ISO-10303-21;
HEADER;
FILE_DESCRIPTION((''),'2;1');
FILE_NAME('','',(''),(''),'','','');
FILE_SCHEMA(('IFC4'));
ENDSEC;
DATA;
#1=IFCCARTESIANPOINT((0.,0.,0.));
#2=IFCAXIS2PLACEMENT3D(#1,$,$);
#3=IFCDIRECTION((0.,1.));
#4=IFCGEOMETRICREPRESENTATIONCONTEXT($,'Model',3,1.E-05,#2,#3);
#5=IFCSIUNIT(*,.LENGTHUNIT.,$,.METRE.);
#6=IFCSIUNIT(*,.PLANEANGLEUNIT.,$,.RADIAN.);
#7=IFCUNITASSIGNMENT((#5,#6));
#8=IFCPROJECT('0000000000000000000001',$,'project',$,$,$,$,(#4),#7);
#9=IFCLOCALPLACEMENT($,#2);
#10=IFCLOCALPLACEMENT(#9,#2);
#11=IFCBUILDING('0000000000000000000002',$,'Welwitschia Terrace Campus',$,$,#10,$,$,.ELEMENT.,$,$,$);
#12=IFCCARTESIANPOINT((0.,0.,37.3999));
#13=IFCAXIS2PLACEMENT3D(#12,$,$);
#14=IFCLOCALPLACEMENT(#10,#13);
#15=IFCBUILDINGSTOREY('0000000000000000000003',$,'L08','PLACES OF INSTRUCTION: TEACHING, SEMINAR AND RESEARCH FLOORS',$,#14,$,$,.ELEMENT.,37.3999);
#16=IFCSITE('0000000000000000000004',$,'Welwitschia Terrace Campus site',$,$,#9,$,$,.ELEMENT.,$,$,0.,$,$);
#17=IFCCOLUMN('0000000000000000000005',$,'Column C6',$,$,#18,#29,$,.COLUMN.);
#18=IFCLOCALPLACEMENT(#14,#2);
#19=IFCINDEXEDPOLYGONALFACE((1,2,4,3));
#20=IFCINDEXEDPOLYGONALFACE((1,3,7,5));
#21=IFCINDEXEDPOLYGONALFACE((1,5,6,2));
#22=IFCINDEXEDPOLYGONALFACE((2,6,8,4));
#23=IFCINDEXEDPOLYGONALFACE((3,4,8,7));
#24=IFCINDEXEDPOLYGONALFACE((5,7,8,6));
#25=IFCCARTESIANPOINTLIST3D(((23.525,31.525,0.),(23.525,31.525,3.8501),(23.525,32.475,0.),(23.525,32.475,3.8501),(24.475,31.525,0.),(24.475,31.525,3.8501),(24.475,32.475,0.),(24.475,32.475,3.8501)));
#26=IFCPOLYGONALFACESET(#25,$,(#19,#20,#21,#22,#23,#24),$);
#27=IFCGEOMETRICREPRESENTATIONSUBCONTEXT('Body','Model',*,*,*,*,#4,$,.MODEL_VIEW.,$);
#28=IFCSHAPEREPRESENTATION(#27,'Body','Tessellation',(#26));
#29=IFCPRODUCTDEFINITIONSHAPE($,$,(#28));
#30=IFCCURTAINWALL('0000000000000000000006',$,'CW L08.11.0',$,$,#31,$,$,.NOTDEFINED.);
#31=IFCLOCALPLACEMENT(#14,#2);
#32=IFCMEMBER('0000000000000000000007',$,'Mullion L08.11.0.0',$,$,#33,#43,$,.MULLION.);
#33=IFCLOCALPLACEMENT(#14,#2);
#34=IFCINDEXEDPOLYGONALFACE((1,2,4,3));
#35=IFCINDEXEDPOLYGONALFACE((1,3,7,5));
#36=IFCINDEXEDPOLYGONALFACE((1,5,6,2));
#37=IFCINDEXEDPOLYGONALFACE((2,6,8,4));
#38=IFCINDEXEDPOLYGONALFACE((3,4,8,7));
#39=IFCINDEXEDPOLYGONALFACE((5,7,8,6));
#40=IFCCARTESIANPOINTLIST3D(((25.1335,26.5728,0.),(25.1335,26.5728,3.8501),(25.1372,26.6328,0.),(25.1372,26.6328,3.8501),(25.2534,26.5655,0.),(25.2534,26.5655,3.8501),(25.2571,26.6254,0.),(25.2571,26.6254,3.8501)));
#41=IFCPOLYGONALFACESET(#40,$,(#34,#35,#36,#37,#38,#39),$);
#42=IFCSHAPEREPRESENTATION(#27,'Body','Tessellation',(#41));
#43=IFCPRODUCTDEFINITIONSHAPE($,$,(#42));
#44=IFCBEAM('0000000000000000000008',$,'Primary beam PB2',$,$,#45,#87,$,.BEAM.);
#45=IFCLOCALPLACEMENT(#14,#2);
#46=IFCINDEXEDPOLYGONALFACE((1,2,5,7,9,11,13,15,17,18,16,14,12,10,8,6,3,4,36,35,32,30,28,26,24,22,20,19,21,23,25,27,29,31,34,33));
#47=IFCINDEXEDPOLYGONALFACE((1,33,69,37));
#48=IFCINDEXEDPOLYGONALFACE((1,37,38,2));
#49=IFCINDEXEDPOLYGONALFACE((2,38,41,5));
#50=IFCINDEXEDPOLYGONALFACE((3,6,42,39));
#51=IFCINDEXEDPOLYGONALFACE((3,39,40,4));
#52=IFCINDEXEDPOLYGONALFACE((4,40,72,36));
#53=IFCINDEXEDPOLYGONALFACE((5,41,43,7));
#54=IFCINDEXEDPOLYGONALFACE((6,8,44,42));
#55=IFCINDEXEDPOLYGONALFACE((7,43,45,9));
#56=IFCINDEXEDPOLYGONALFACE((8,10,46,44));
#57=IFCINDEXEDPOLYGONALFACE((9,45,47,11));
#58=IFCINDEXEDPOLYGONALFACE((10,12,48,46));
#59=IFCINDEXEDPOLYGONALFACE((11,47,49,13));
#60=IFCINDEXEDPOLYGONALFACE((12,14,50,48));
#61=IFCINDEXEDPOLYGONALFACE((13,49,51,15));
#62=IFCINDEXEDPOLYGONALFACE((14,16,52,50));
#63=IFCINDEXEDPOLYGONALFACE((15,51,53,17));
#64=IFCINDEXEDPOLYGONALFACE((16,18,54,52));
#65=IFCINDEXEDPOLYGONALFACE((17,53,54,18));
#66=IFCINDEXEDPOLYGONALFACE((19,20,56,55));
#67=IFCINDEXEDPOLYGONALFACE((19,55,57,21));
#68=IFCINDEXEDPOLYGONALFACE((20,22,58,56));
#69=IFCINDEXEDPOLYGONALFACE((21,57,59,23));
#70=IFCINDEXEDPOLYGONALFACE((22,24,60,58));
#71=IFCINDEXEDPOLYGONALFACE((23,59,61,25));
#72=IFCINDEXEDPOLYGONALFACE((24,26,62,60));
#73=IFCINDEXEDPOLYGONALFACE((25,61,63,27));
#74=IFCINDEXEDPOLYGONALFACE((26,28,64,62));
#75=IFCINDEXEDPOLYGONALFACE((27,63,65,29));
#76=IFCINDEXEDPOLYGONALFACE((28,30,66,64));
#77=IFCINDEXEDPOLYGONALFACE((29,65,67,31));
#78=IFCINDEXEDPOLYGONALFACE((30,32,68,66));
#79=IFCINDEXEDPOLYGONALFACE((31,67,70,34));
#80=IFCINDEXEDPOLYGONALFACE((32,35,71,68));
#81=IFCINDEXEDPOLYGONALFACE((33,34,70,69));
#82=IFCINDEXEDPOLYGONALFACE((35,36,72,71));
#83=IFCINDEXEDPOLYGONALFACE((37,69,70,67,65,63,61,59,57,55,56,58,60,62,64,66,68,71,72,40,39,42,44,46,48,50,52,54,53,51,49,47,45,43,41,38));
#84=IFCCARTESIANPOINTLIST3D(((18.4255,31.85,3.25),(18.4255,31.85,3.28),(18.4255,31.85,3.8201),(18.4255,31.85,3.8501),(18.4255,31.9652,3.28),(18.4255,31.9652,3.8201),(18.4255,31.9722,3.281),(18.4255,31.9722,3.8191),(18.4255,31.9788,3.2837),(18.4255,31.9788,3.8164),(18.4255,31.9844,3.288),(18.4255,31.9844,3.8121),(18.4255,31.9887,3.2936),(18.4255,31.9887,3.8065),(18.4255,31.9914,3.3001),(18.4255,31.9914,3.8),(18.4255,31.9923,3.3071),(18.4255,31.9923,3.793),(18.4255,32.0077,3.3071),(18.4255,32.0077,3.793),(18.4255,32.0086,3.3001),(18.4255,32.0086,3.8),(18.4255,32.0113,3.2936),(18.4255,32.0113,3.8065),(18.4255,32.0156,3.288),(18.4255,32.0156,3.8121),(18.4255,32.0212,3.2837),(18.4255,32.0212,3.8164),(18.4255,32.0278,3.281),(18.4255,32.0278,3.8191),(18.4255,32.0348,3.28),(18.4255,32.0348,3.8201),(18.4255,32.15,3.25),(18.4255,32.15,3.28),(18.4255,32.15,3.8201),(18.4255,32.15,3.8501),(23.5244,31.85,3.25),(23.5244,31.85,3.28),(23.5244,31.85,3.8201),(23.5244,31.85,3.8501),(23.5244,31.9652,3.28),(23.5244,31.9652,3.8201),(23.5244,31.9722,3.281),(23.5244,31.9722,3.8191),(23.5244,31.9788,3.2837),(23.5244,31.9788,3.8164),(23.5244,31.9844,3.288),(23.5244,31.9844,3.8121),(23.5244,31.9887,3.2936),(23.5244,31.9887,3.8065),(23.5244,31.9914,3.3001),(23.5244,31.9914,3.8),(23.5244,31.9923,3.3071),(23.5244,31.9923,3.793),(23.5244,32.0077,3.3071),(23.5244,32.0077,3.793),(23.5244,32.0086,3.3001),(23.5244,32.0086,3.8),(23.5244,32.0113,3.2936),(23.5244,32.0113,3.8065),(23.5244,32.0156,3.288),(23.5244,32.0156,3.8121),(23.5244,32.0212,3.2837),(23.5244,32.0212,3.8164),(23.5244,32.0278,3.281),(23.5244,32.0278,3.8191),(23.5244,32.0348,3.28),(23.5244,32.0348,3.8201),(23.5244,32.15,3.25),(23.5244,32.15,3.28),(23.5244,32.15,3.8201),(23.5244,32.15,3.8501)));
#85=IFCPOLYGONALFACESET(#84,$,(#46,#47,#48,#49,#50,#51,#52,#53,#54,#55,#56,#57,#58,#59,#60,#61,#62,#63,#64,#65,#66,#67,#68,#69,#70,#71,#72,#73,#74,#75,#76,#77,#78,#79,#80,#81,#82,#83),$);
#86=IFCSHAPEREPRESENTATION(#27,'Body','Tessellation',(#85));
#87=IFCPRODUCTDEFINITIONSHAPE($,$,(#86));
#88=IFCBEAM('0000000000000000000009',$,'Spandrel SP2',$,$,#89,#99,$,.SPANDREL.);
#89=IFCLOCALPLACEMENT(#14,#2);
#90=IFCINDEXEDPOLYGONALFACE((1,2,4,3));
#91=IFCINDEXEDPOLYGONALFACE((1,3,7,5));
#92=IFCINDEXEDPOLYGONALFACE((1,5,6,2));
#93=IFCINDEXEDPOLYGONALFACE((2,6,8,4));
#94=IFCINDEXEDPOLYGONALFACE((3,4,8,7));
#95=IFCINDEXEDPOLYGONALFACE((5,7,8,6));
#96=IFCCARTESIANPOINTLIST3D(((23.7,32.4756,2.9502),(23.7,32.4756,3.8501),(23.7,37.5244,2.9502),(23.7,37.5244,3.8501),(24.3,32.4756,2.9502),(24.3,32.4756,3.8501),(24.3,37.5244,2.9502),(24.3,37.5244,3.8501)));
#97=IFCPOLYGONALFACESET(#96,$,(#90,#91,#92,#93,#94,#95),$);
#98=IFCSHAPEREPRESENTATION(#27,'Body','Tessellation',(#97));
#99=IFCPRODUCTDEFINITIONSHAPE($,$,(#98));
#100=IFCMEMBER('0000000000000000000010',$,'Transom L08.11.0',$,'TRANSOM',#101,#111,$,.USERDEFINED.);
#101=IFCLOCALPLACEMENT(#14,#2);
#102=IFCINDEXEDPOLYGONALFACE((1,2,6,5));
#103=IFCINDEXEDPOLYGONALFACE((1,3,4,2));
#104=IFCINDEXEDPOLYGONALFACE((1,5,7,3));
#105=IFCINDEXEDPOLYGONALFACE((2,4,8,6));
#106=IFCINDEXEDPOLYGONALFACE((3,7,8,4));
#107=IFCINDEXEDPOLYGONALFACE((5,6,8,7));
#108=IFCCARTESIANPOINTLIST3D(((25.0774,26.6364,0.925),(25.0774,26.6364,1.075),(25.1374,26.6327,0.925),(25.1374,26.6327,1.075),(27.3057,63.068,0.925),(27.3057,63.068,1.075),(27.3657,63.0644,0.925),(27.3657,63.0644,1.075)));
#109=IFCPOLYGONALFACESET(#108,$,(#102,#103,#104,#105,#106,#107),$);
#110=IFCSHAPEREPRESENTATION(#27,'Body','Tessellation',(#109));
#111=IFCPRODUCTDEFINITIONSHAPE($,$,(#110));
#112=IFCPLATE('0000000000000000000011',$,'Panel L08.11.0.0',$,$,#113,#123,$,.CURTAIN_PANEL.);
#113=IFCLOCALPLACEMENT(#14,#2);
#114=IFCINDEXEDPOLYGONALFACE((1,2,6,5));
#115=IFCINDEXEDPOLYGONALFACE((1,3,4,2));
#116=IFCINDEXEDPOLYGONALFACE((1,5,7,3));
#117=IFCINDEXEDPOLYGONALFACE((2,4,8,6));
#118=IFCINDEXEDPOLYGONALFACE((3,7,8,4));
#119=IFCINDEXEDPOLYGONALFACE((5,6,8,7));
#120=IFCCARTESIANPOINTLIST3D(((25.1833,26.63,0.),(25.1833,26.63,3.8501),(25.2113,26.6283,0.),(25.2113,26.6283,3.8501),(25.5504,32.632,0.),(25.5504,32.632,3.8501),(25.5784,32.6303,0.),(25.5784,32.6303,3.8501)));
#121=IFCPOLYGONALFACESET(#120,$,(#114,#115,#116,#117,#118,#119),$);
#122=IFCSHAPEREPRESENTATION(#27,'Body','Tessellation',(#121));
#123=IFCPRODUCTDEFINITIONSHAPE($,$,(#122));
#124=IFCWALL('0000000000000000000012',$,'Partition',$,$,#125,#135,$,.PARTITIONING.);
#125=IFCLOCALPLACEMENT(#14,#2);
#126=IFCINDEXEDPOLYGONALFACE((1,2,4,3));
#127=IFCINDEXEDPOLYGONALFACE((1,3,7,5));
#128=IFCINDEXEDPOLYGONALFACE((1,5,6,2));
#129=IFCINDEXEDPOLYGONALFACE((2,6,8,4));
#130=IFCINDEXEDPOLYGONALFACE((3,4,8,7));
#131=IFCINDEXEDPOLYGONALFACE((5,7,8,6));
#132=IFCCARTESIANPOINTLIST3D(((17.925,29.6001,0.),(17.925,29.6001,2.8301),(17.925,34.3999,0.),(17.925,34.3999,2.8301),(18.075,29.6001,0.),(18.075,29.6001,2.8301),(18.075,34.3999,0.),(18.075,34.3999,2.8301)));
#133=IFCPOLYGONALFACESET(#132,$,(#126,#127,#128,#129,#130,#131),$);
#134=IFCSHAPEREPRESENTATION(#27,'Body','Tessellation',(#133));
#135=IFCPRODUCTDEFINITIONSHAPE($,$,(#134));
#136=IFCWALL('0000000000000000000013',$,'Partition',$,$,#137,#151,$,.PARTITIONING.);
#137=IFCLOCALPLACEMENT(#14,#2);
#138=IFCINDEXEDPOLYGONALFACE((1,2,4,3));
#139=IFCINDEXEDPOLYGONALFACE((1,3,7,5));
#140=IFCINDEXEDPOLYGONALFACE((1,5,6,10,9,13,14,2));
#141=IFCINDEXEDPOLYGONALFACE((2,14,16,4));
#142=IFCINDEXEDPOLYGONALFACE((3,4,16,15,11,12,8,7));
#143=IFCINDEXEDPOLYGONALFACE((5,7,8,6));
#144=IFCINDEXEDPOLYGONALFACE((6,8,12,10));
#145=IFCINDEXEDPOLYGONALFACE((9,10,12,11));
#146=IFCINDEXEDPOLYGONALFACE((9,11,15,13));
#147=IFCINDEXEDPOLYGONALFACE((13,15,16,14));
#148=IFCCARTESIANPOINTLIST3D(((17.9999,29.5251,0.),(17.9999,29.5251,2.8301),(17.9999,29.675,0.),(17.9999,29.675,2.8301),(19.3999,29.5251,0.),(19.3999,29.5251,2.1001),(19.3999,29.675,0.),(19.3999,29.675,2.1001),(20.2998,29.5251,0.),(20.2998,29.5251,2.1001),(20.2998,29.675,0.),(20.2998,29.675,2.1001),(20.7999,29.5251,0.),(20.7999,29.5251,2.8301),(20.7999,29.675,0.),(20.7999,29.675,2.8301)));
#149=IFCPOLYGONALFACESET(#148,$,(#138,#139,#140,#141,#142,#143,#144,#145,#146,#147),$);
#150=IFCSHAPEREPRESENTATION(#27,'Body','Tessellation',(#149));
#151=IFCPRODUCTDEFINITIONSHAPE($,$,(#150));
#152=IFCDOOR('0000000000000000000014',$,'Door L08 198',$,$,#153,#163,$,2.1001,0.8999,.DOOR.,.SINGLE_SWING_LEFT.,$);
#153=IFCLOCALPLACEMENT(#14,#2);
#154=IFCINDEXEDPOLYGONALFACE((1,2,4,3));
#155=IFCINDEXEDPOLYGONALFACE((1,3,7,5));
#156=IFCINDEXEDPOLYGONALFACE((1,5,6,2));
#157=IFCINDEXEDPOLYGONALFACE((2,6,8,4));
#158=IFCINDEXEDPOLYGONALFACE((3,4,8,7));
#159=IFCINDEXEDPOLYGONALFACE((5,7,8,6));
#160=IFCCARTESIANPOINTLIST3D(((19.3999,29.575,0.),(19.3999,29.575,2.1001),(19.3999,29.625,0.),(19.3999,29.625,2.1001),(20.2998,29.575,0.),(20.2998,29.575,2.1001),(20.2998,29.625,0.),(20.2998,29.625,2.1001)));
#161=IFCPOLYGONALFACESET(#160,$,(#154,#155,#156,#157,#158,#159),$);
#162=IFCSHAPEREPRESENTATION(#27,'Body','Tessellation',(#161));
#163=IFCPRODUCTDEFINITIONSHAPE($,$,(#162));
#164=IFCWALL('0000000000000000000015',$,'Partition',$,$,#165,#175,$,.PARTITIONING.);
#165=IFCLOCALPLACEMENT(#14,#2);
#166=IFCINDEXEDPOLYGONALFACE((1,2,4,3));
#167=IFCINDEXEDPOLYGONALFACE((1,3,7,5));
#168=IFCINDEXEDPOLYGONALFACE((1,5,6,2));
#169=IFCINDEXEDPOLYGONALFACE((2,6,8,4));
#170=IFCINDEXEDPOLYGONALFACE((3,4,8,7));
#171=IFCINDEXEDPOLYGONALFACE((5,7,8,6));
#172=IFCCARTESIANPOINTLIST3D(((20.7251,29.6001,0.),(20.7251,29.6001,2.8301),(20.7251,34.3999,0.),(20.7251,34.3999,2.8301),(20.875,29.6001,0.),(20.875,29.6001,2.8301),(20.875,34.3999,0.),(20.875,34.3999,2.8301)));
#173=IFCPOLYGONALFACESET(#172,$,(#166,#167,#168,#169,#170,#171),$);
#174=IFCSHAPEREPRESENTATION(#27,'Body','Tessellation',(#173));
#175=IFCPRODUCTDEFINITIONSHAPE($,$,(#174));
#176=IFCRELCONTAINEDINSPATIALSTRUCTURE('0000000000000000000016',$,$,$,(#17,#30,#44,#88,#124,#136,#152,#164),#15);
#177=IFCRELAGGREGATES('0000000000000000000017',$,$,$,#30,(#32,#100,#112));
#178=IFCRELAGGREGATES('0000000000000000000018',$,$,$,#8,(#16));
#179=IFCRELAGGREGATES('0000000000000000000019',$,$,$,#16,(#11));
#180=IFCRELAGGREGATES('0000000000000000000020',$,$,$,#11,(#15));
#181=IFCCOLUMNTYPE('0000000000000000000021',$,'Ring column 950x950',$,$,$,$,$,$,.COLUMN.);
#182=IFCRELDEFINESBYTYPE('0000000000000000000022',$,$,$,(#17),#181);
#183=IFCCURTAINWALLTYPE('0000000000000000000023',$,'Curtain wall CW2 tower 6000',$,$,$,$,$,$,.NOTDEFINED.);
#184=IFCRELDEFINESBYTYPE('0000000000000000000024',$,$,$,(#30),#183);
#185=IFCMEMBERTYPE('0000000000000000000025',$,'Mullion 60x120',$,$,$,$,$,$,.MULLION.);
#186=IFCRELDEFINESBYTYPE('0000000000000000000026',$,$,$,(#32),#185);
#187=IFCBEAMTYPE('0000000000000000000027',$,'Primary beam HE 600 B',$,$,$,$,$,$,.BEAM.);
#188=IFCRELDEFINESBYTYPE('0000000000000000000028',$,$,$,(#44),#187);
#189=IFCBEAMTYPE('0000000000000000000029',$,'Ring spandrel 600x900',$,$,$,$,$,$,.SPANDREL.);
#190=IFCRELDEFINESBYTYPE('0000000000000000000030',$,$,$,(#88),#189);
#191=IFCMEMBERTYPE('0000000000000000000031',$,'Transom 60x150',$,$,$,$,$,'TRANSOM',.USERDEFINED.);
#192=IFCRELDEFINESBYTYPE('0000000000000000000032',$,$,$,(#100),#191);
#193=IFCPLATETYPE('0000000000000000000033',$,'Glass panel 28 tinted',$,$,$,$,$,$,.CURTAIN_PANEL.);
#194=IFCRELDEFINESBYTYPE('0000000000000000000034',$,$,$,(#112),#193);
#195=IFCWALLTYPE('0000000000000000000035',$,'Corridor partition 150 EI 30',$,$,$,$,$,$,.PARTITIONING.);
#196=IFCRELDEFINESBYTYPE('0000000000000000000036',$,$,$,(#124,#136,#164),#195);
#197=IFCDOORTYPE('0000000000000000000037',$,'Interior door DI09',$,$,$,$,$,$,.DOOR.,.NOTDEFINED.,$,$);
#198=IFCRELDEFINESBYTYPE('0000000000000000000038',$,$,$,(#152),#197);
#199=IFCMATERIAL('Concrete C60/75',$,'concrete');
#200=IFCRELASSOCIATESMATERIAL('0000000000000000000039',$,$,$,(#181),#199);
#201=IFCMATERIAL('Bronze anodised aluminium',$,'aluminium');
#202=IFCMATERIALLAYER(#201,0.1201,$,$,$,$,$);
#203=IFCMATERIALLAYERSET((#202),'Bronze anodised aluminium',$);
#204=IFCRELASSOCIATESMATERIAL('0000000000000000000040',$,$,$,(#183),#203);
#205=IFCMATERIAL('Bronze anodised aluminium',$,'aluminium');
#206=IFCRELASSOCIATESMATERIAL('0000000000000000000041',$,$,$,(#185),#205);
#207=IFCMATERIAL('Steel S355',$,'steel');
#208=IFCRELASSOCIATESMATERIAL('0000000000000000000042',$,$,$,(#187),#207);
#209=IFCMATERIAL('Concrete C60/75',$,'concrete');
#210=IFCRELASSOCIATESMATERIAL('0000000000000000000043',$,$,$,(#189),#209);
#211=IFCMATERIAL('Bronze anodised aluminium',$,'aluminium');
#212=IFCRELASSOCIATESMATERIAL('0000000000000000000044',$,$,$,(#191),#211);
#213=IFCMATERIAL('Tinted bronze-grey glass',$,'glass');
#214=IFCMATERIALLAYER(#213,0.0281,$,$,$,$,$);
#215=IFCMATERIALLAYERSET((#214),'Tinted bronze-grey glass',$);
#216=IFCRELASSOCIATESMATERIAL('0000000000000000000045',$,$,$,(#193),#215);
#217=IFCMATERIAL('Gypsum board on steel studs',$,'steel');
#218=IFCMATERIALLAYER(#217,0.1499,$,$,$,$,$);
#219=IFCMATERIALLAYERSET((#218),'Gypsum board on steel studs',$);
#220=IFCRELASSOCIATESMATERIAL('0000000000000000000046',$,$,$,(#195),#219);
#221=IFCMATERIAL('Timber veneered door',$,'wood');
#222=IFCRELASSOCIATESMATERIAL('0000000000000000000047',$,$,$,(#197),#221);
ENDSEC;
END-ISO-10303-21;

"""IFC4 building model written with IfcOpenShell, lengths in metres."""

from ifc_helpers import new_model, si_unit, direction, frame, frame_2d, origin, origin_2d, place, context, subcontext, project, spatial, rectangle, i_section, extrude, material, layer, layer_set, material_profile, profile_set, type_object, element, fill, aggregate, save


model = new_model("IFC4")

# Units and contexts
model_context = context("Model", 3, precision=1e-05, world=origin(), true_north=direction((0.0, 1.0)))
body_context = subcontext(model_context, "Body", "Model", "MODEL_VIEW")
ifc_project = project(units=[si_unit("LENGTHUNIT", "METRE"), si_unit("PLANEANGLEUNIT", "RADIAN")], contexts=[model_context])

# Site, building, storey
site_placement = place(None, origin())
site = spatial("IfcSite", under=ifc_project, at=site_placement, Name="Welwitschia Terrace Campus site", CompositionType="ELEMENT", RefElevation=0.0)
building_placement = place(site_placement, origin())
building = spatial("IfcBuilding", under=site, at=building_placement, Name="Welwitschia Terrace Campus", CompositionType="ELEMENT")
storey_placement = place(building_placement, frame((0.0, 0.0, 37.3999)))
storey = spatial("IfcBuildingStorey", under=building, at=storey_placement, Name="L08", Description="PLACES OF INSTRUCTION: TEACHING, SEMINAR AND RESEARCH FLOORS", CompositionType="ELEMENT", Elevation=37.3999)

# Column
ifc_material_1 = material(Name="Concrete C60/75", Category="concrete")
ifc_material_profile_1 = material_profile(ifc_material_1, rectangle(XDim=0.95, YDim=0.95, at=origin_2d()))
ifc_profile_set_1 = profile_set([ifc_material_profile_1], Name="Concrete C60/75")
column_type = type_object("IfcColumnType", Name="Ring column 950x950", PredefinedType="COLUMN", material=ifc_profile_set_1)
column_placement = place(storey_placement, frame((24.0, 32.0, 0.0), z_axis=(0.0, 0.0, 1.0), x_axis=(1.0, 0.0, 0.0)))
element("IfcColumn", 1, at=column_placement, inside=storey, type_object=column_type, Name="Column C6", PredefinedType="COLUMN", context=body_context, shape_type="SweptSolid", body=[
    extrude(rectangle(XDim=0.95, YDim=0.95, at=origin_2d()), origin(), (0.0, 0.0, 1.0), 3.8501),
])

# Curtain wall, member
ifc_material_2 = material(Name="Bronze anodised aluminium", Category="aluminium")
ifc_layer_1 = layer(ifc_material_2, 0.1201)
ifc_layer_set_1 = layer_set([ifc_layer_1], Name="Bronze anodised aluminium")
curtain_wall_type = type_object("IfcCurtainWallType", Name="Curtain wall CW2 tower 6000", PredefinedType="NOTDEFINED", material=ifc_layer_set_1)
curtain_wall_placement = place(storey_placement, origin())
curtain_wall = element("IfcCurtainWall", 2, at=curtain_wall_placement, inside=storey, type_object=curtain_wall_type, Name="CW L08.11.0", PredefinedType="NOTDEFINED")
ifc_material_3 = material(Name="Bronze anodised aluminium", Category="aluminium")
ifc_material_profile_2 = material_profile(ifc_material_3, rectangle(XDim=0.1201, YDim=0.0601, at=origin_2d()))
ifc_profile_set_2 = profile_set([ifc_material_profile_2], Name="Bronze anodised aluminium")
member_type_1 = type_object("IfcMemberType", Name="Mullion 60x120", PredefinedType="MULLION", material=ifc_profile_set_2)
member_1_placement = place(storey_placement, frame((25.1953, 26.5991, 0.0), z_axis=(0.0, 0.0, 1.0), x_axis=(-0.998135, 0.061049, 0.0)))
member_1 = element("IfcMember", 3, at=member_1_placement, type_object=member_type_1, Name="Mullion L08.11.0.0", PredefinedType="MULLION", context=body_context, shape_type="SweptSolid", body=[
    extrude(rectangle(XDim=0.1201, YDim=0.0601, at=origin_2d()), origin(), (0.0, 0.0, 1.0), 3.8501),
])

# Beams
ifc_material_4 = material(Name="Steel S355", Category="steel")
ifc_material_profile_3 = material_profile(ifc_material_4, i_section(OverallWidth=0.3, OverallDepth=0.6001, WebThickness=0.0154, FlangeThickness=0.03, FilletRadius=0.0271, at=origin_2d()))
ifc_profile_set_3 = profile_set([ifc_material_profile_3], Name="Steel S355")
beam_type_1 = type_object("IfcBeamType", Name="Primary beam HE 600 B", PredefinedType="BEAM", material=ifc_profile_set_3)
beam_1_placement = place(storey_placement, frame((23.5244, 32.0, 3.55), z_axis=(-1.0, 0.0, 0.0), x_axis=(0.0, -1.0, 0.0)))
element("IfcBeam", 4, at=beam_1_placement, inside=storey, type_object=beam_type_1, Name="Primary beam PB2", PredefinedType="BEAM", context=body_context, shape_type="SweptSolid", body=[
    extrude(i_section(OverallWidth=0.3, OverallDepth=0.6001, WebThickness=0.0154, FlangeThickness=0.03, FilletRadius=0.0271, at=origin_2d()), origin(), (0.0, 0.0, 1.0), 5.0989),
])
ifc_material_5 = material(Name="Concrete C60/75", Category="concrete")
ifc_material_profile_4 = material_profile(ifc_material_5, rectangle(XDim=0.6001, YDim=0.8999, at=origin_2d()))
ifc_profile_set_4 = profile_set([ifc_material_profile_4], Name="Concrete C60/75")
beam_type_2 = type_object("IfcBeamType", Name="Ring spandrel 600x900", PredefinedType="SPANDREL", material=ifc_profile_set_4)
beam_2_placement = place(storey_placement, frame((24.0, 32.4756, 3.4001), z_axis=(0.0, 1.0, 0.0), x_axis=(-1.0, 0.0, 0.0)))
element("IfcBeam", 5, at=beam_2_placement, inside=storey, type_object=beam_type_2, Name="Spandrel SP2", PredefinedType="SPANDREL", context=body_context, shape_type="SweptSolid", body=[
    extrude(rectangle(XDim=0.6001, YDim=0.8999, at=origin_2d()), origin(), (0.0, 0.0, 1.0), 5.0488),
])

# Member
ifc_material_6 = material(Name="Bronze anodised aluminium", Category="aluminium")
ifc_material_profile_5 = material_profile(ifc_material_6, rectangle(XDim=0.0601, YDim=0.1499, at=origin_2d()))
ifc_profile_set_5 = profile_set([ifc_material_profile_5], Name="Bronze anodised aluminium")
member_type_2 = type_object("IfcMemberType", Name="Transom 60x150", ElementType="TRANSOM", PredefinedType="USERDEFINED", material=ifc_profile_set_5)
member_2_placement = place(storey_placement, frame((25.1074, 26.6345, 1.0), z_axis=(0.061049, 0.998135, 0.0), x_axis=(-0.998135, 0.061049, 0.0)))
member_2 = element("IfcMember", 6, at=member_2_placement, type_object=member_type_2, Name="Transom L08.11.0", ObjectType="TRANSOM", PredefinedType="USERDEFINED", context=body_context, shape_type="SweptSolid", body=[
    extrude(rectangle(XDim=0.0601, YDim=0.1499, at=origin_2d()), origin(), (0.0, 0.0, 1.0), 36.4998),
])

# Plate
ifc_material_7 = material(Name="Tinted bronze-grey glass", Category="glass")
ifc_layer_2 = layer(ifc_material_7, 0.0281)
ifc_layer_set_2 = layer_set([ifc_layer_2], Name="Tinted bronze-grey glass")
plate_type = type_object("IfcPlateType", Name="Glass panel 28 tinted", PredefinedType="CURTAIN_PANEL", material=ifc_layer_set_2)
plate_placement = place(storey_placement, frame((25.3809, 29.6301, 0.0), z_axis=(0.0, 0.0, 1.0), x_axis=(0.061049, 0.998135, 0.0)))
plate = element("IfcPlate", 7, at=plate_placement, type_object=plate_type, Name="Panel L08.11.0.0", PredefinedType="CURTAIN_PANEL", context=body_context, shape_type="SweptSolid", body=[
    extrude(rectangle(XDim=6.0132, YDim=0.0281, at=origin_2d()), origin(), (0.0, 0.0, 1.0), 3.8501),
])
aggregate(curtain_wall, [member_1, member_2, plate])

# Wall
ifc_material_8 = material(Name="Gypsum board on steel studs", Category="steel")
ifc_layer_3 = layer(ifc_material_8, 0.1499)
ifc_layer_set_3 = layer_set([ifc_layer_3], Name="Gypsum board on steel studs")
wall_type = type_object("IfcWallType", Name="Corridor partition 150 EI 30", PredefinedType="PARTITIONING", material=ifc_layer_set_3)
wall_1_placement = place(storey_placement, frame((18.0, 29.6001, 0.0), z_axis=(0.0, 0.0, 1.0), x_axis=(0.0, 1.0, 0.0)))
element("IfcWall", 8, at=wall_1_placement, inside=storey, type_object=wall_type, Name="Partition", PredefinedType="PARTITIONING", context=body_context, shape_type="SweptSolid", body=[
    extrude(rectangle(XDim=4.7998, YDim=0.1499, at=frame_2d((2.3999, 0.0))), origin(), (0.0, 0.0, 1.0), 2.8301),
])

# Wall, opening, door
wall_2_placement = place(storey_placement, frame((18.0, 29.6001, 0.0), z_axis=(0.0, 0.0, 1.0), x_axis=(1.0, 0.0, 0.0)))
wall_2 = element("IfcWall", 9, at=wall_2_placement, inside=storey, type_object=wall_type, Name="Partition", PredefinedType="PARTITIONING", context=body_context, shape_type="SweptSolid", body=[
    extrude(rectangle(XDim=2.8, YDim=0.1499, at=frame_2d((1.3999, 0.0))), origin(), (0.0, 0.0, 1.0), 2.8301),
])
opening_1_placement = place(wall_2_placement, frame((1.3999, 0.0, 0.0)))
opening_1 = element("IfcOpeningElement", 10, at=opening_1_placement, cuts=wall_2, PredefinedType="OPENING", context=body_context, shape_type="SweptSolid", body=[
    extrude(rectangle(XDim=0.8999, YDim=2.1001, at=frame_2d((0.45, 1.05))), frame((0.0, 0.085, 0.0), z_axis=(0.0, -1.0, 0.0), x_axis=(1.0, 0.0, 0.0)), (0.0, 0.0, 1.0), 0.1699),
])
ifc_material_9 = material(Name="Timber veneered door", Category="wood")
door_type = type_object("IfcDoorType", Name="Interior door DI09", OperationType="NOTDEFINED", PredefinedType="DOOR", material=ifc_material_9)
door_1_placement = place(opening_1_placement, origin())
door_1 = element("IfcDoor", 11, at=door_1_placement, inside=storey, type_object=door_type, Name="Door L08 198", OperationType="SINGLE_SWING_LEFT", OverallHeight=2.1001, OverallWidth=0.8999, PredefinedType="DOOR", context=body_context, shape_type="SweptSolid", body=[
    extrude(rectangle(XDim=0.8999, YDim=2.1001, at=frame_2d((0.45, 1.05))), frame((0.0, 0.0249, 0.0), z_axis=(0.0, -1.0, 0.0), x_axis=(1.0, 0.0, 0.0)), (0.0, 0.0, 1.0), 0.05),
])
fill(opening_1, door_1)

# Wall
wall_3_placement = place(storey_placement, frame((20.8, 29.6001, 0.0), z_axis=(0.0, 0.0, 1.0), x_axis=(0.0, 1.0, 0.0)))
element("IfcWall", 12, at=wall_3_placement, inside=storey, type_object=wall_type, Name="Partition", PredefinedType="PARTITIONING", context=body_context, shape_type="SweptSolid", body=[
    extrude(rectangle(XDim=4.7998, YDim=0.1499, at=frame_2d((2.3999, 0.0))), origin(), (0.0, 0.0, 1.0), 2.8301),
])

save(model, "model.ifc")
